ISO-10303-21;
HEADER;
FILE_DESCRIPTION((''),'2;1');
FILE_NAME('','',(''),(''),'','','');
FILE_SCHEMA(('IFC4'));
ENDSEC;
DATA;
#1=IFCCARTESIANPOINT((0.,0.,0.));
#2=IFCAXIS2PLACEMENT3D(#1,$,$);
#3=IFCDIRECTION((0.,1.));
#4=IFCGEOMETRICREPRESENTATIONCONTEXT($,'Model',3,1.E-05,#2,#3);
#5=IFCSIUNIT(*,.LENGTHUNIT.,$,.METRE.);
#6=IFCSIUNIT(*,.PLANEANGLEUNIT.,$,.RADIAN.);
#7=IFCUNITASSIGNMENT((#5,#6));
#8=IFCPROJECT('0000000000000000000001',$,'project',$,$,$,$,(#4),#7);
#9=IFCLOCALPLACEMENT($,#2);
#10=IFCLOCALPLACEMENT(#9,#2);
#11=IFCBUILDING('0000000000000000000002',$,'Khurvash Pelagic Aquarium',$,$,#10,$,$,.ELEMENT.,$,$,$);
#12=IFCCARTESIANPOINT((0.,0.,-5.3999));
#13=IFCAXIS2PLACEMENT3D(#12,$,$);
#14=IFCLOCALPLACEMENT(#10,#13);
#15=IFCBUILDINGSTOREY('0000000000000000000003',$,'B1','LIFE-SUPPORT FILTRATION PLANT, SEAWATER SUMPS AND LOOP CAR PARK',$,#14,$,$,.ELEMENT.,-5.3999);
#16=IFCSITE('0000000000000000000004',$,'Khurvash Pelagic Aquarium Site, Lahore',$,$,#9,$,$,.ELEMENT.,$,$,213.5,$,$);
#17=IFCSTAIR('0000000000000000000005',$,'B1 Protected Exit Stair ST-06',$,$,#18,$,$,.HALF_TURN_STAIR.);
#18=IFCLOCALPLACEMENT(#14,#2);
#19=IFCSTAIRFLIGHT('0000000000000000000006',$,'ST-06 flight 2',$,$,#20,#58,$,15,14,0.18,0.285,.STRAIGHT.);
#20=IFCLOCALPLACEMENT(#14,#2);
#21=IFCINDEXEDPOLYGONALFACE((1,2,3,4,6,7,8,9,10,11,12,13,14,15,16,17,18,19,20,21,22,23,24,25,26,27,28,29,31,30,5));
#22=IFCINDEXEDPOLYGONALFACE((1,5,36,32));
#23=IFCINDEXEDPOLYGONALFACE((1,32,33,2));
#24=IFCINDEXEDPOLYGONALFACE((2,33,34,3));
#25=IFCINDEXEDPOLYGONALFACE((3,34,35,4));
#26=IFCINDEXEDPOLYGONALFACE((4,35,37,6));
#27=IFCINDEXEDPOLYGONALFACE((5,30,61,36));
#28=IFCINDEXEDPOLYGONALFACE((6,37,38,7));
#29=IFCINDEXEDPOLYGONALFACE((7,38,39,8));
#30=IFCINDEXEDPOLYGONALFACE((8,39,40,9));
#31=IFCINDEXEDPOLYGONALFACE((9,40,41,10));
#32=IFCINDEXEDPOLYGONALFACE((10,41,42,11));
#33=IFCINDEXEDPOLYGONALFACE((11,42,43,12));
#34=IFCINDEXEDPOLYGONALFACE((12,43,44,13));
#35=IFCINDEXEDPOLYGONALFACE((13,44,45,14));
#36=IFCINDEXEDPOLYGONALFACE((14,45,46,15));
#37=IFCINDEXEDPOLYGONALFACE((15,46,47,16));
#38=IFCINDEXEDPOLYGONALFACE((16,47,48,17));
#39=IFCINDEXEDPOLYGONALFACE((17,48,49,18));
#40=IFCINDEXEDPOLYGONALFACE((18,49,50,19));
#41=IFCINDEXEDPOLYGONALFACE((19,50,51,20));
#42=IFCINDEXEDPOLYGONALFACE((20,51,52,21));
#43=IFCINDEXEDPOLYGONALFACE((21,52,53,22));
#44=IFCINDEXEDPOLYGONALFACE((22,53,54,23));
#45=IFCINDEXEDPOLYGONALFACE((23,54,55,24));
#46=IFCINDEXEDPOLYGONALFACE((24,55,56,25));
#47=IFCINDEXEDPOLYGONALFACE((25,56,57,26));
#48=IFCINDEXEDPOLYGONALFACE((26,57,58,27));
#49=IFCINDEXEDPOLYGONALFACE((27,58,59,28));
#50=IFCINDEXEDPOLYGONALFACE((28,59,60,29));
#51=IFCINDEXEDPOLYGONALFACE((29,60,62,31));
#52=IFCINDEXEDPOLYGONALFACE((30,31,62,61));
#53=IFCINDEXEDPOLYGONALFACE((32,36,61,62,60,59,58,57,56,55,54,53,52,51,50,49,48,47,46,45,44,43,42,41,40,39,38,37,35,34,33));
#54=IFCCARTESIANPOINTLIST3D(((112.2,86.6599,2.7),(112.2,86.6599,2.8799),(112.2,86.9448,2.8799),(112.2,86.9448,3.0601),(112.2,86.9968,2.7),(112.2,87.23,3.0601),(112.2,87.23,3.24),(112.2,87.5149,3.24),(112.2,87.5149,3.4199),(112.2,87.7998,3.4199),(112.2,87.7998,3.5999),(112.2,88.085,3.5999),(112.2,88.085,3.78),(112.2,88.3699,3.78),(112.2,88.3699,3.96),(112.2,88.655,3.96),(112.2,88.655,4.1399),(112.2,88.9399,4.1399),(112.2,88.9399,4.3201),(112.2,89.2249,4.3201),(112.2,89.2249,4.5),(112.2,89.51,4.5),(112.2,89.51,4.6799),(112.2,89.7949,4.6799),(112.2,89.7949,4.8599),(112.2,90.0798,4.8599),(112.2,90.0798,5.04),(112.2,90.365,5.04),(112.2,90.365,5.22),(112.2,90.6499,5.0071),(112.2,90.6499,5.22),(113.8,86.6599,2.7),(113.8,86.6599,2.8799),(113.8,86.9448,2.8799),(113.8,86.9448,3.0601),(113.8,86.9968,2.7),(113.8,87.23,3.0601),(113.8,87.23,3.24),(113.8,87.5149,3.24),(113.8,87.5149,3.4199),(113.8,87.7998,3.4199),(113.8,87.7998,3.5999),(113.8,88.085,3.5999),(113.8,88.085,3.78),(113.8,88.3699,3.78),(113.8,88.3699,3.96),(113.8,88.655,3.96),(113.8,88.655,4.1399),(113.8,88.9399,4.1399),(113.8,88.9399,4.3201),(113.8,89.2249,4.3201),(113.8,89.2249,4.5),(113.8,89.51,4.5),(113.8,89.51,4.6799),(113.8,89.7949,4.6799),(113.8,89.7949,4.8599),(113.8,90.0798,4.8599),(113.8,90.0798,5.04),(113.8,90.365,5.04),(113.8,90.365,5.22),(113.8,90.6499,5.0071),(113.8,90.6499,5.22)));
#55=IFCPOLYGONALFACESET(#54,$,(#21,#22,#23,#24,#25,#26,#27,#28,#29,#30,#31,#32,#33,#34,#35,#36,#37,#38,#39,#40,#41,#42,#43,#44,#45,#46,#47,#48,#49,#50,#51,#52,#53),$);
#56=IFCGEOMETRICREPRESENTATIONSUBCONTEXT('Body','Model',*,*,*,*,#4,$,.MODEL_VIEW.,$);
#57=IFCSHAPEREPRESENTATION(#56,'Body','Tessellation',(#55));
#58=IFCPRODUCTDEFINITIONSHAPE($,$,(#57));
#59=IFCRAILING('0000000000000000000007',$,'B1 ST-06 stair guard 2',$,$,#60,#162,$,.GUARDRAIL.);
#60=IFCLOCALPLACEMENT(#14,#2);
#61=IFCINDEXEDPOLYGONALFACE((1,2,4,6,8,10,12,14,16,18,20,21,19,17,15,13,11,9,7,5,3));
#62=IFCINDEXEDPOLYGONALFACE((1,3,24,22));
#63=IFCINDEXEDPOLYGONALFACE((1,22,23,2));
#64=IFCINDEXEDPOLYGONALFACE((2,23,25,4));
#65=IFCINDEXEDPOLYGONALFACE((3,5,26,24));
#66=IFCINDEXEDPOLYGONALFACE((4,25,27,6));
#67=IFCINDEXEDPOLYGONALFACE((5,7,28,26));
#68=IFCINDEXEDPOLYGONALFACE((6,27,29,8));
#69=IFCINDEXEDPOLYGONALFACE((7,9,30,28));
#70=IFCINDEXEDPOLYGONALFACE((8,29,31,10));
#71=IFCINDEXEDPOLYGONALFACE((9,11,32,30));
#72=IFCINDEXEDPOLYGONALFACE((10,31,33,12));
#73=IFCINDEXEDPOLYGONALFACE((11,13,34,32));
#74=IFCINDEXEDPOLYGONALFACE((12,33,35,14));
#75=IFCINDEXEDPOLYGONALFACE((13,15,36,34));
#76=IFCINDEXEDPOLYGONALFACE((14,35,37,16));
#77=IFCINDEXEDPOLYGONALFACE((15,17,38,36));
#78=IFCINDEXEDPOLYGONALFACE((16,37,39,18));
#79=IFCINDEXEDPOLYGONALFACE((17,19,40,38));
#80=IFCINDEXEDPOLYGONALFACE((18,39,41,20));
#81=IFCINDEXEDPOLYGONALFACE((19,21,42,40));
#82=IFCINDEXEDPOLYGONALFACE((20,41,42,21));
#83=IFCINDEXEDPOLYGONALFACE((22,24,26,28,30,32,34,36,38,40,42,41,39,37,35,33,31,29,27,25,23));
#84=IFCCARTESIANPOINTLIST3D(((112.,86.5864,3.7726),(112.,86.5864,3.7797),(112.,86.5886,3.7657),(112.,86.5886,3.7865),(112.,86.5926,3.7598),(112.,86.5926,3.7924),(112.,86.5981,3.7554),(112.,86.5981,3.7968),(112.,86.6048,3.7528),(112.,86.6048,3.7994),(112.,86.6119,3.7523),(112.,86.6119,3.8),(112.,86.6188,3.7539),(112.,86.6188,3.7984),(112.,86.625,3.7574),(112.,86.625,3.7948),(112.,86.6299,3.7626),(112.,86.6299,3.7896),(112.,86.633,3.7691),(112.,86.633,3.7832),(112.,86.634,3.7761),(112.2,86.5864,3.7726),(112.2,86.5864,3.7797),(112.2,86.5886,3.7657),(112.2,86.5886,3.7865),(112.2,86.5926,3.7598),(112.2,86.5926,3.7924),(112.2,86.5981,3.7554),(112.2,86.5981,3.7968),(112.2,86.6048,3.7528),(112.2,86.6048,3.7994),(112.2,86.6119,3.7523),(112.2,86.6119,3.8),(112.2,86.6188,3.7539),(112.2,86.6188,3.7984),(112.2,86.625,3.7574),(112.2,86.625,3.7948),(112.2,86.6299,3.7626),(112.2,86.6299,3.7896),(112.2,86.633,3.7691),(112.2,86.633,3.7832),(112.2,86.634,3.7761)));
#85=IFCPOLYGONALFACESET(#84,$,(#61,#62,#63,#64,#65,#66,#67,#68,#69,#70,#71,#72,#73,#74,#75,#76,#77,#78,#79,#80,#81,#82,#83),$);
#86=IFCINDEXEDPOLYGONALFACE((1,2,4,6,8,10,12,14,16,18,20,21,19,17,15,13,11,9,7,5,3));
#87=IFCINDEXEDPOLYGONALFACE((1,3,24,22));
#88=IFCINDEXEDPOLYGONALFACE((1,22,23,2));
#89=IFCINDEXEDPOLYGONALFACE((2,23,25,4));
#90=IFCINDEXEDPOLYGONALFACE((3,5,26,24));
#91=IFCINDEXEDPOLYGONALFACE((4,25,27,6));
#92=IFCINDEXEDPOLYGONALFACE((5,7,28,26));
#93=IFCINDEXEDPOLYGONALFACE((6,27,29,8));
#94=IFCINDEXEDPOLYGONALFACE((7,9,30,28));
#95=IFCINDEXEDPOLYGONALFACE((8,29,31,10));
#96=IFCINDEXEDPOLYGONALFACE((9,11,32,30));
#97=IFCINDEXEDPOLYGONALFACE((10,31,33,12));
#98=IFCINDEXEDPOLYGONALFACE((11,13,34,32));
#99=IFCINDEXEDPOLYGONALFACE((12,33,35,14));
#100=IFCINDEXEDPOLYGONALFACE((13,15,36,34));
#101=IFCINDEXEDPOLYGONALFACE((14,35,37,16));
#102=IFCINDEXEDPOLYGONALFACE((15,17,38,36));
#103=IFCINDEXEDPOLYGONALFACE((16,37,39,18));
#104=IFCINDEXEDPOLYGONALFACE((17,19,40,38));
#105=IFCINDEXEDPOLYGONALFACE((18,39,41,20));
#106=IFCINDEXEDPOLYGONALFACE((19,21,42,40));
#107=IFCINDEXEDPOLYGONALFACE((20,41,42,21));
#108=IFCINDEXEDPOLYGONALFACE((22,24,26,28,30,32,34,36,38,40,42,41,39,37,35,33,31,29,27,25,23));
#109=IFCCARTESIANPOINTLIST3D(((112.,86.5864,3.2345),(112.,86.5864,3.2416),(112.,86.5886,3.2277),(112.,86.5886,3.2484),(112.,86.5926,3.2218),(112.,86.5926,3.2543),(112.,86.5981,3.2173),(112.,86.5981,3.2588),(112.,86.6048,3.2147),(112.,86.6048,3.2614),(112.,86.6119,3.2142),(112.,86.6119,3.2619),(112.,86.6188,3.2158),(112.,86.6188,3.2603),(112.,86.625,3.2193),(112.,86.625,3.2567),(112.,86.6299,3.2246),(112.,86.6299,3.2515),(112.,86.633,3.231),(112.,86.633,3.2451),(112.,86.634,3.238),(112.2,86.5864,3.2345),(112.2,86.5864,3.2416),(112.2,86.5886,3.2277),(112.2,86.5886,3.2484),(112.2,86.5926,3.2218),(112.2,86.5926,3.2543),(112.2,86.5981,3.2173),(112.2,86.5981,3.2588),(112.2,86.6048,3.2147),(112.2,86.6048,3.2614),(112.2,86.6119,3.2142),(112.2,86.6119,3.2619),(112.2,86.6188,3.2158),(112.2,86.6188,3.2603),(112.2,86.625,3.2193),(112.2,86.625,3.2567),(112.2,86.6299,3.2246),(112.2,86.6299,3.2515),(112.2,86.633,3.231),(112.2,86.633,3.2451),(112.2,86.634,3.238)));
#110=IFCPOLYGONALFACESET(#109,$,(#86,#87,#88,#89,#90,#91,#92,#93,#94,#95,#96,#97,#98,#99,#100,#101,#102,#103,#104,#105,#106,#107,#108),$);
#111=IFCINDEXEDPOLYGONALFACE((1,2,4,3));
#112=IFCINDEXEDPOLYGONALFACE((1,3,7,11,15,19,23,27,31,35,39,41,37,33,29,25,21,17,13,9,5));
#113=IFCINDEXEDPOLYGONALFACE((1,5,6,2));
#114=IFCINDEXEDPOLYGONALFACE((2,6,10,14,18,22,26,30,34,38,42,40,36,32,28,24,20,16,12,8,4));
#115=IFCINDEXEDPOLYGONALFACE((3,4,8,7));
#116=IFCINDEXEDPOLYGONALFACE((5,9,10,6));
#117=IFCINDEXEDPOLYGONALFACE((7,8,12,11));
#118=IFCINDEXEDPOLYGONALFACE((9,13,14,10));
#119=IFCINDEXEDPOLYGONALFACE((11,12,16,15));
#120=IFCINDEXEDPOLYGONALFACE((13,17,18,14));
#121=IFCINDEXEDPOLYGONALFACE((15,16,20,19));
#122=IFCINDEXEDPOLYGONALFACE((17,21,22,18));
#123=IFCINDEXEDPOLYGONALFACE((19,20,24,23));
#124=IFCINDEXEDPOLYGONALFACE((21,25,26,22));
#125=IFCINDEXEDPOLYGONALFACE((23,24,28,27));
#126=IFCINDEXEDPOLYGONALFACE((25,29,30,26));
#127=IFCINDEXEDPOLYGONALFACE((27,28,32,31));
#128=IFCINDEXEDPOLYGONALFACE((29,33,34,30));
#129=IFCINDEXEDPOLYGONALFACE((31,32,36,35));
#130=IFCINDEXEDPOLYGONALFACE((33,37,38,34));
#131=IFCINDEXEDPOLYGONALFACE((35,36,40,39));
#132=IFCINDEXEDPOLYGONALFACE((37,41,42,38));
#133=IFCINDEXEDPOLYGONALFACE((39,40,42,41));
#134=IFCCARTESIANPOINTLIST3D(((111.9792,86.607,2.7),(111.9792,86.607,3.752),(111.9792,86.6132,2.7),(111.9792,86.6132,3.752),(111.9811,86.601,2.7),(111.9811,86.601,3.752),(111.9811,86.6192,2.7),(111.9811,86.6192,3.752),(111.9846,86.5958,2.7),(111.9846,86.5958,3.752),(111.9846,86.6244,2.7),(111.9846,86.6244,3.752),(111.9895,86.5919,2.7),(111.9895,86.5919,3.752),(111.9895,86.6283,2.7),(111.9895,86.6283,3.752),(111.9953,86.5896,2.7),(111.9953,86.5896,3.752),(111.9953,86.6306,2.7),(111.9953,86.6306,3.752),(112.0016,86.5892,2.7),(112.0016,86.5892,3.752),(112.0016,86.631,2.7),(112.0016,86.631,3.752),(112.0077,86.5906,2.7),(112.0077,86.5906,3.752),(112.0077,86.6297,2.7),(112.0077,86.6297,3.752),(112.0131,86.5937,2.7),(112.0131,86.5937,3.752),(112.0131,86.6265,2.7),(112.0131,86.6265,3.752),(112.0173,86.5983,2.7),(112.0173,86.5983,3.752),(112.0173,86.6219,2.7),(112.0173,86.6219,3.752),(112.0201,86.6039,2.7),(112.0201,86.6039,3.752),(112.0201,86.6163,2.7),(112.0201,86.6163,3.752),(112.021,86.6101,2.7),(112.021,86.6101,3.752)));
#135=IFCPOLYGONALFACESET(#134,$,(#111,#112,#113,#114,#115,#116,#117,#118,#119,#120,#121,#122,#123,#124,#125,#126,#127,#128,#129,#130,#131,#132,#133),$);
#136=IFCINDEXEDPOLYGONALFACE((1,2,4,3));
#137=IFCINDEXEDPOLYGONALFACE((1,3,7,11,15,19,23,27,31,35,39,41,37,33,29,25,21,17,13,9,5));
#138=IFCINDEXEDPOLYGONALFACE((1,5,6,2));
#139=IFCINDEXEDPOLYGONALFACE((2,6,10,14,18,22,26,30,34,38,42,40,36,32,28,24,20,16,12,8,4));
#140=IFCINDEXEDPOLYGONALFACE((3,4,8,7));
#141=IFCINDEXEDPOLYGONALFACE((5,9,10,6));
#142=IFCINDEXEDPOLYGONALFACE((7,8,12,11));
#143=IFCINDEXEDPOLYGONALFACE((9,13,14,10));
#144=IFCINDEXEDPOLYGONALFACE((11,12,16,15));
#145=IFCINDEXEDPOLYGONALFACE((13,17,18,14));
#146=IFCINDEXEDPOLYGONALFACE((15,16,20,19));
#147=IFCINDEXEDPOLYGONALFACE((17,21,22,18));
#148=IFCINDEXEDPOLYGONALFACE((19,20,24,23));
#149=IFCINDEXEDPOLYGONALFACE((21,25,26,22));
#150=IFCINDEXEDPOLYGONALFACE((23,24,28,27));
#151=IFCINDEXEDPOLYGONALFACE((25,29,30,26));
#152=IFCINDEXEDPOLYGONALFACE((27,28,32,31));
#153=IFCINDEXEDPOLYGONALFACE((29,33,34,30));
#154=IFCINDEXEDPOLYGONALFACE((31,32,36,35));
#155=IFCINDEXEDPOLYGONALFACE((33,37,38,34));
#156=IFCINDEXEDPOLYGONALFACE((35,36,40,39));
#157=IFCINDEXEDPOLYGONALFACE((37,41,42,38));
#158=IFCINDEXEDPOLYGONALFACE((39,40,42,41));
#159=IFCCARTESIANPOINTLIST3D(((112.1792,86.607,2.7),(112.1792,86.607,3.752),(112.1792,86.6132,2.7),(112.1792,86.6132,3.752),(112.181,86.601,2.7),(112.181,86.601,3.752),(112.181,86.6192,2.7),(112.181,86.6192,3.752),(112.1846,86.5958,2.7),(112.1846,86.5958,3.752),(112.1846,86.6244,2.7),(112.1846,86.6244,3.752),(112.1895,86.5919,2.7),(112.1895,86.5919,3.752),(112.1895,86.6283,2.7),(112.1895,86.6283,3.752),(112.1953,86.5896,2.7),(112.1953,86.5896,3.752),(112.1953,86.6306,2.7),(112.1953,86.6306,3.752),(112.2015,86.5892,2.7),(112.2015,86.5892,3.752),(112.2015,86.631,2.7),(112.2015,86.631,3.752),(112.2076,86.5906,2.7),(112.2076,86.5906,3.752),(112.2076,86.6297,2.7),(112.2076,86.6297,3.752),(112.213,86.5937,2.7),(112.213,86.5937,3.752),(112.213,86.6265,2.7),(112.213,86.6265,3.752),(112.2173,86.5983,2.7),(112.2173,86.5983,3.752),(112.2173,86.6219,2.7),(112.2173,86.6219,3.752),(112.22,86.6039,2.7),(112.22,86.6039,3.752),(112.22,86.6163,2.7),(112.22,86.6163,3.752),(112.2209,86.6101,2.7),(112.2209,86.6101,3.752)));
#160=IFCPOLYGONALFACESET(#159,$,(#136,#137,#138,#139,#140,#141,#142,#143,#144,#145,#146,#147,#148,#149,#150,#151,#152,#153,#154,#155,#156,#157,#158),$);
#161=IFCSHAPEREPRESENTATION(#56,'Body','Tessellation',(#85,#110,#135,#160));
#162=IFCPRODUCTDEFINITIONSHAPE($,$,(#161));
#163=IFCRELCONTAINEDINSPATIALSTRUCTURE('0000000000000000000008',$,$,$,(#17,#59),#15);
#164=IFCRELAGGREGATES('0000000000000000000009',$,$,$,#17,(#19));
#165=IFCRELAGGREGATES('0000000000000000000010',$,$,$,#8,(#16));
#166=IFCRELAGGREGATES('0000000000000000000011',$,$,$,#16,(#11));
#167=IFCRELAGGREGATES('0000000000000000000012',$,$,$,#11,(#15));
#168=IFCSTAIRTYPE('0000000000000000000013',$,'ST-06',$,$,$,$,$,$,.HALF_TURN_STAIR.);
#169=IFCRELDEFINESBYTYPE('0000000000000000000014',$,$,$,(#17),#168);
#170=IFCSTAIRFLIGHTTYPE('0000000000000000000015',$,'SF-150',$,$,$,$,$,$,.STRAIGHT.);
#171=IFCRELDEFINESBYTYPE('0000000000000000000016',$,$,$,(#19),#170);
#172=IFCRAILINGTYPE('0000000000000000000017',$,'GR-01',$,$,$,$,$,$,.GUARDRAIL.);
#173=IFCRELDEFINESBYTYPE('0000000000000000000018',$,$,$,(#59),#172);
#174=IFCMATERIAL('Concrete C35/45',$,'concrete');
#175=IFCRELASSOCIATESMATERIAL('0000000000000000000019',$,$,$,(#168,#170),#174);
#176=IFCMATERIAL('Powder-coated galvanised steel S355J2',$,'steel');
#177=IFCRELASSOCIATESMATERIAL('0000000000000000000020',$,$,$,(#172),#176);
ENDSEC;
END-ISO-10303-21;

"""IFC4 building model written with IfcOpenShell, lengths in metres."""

from ifc_helpers import new_model, si_unit, direction, frame, origin, origin_2d, place, context, subcontext, project, spatial, polyline, circle, outline, extrude, material, type_object, element, aggregate, save


model = new_model("IFC4")

# Units and contexts
model_context = context("Model", 3, precision=1e-05, world=origin(), true_north=direction((0.0, 1.0)))
body_context = subcontext(model_context, "Body", "Model", "MODEL_VIEW")
ifc_project = project(units=[si_unit("LENGTHUNIT", "METRE"), si_unit("PLANEANGLEUNIT", "RADIAN")], contexts=[model_context])

# Site, building, storey
site_placement = place(None, origin())
site = spatial("IfcSite", under=ifc_project, at=site_placement, Name="Khurvash Pelagic Aquarium Site, Lahore", CompositionType="ELEMENT", RefElevation=213.5)
building_placement = place(site_placement, origin())
building = spatial("IfcBuilding", under=site, at=building_placement, Name="Khurvash Pelagic Aquarium", CompositionType="ELEMENT")
storey_placement = place(building_placement, frame((0.0, 0.0, -5.3999)))
storey = spatial("IfcBuildingStorey", under=building, at=storey_placement, Name="B1", Description="LIFE-SUPPORT FILTRATION PLANT, SEAWATER SUMPS AND LOOP CAR PARK", CompositionType="ELEMENT", Elevation=-5.3999)

# Shared definitions
ifc_material_1 = material(Name="Concrete C35/45", Category="concrete")

# Stair, stair flight
stair_type = type_object("IfcStairType", Name="ST-06", PredefinedType="HALF_TURN_STAIR", material=ifc_material_1)
stair_placement = place(storey_placement, origin())
stair = element("IfcStair", 1, at=stair_placement, inside=storey, type_object=stair_type, Name="B1 Protected Exit Stair ST-06", PredefinedType="HALF_TURN_STAIR")
stair_flight_type = type_object("IfcStairFlightType", Name="SF-150", PredefinedType="STRAIGHT", material=ifc_material_1)
stair_flight_placement = place(storey_placement, frame((113.0, 86.6599, 2.7), z_axis=(0.0, 0.0, 1.0), x_axis=(0.0, 1.0, 0.0)))
stair_flight = element("IfcStairFlight", 2, at=stair_flight_placement, type_object=stair_flight_type, Name="ST-06 flight 2", NumberOfRisers=15, NumberOfTreads=14, PredefinedType="STRAIGHT", RiserHeight=0.18, TreadLength=0.285, context=body_context, shape_type="SweptSolid", body=[
    extrude(outline(polyline([(0.0, 0.0), (0.0, 0.1799), (0.2849, 0.1799), (0.2849, 0.3601), (0.5701, 0.3601), (0.5701, 0.54), (0.855, 0.54), (0.855, 0.72), (1.1399, 0.72), (1.1399, 0.8999), (1.425, 0.8999), (1.425, 1.0801), (1.71, 1.0801), (1.71, 1.26), (1.9951, 1.26), (1.9951, 1.4399), (2.28, 1.4399), (2.28, 1.6201), (2.5649, 1.6201), (2.5649, 1.8), (2.8501, 1.8), (2.8501, 1.98), (3.135, 1.98), (3.135, 2.1599), (3.4199, 2.1599), (3.4199, 2.3401), (3.7051, 2.3401), (3.7051, 2.52), (3.99, 2.52), (3.99, 2.7), (3.99, 2.3071), (0.3369, 0.0), (0.0, 0.0)])), frame((0.0, 0.8, 0.0), z_axis=(0.0, -1.0, 0.0), x_axis=(1.0, 0.0, 0.0)), (0.0, 0.0, 1.0), 1.6001),
])
aggregate(stair, [stair_flight])

# Railing
ifc_material_2 = material(Name="Powder-coated galvanised steel S355J2", Category="steel")
railing_type_1 = type_object("IfcRailingType", Name="GR-01", PredefinedType="GUARDRAIL", material=ifc_material_2)
railing_1_placement = place(storey_placement, frame((112.0, 86.6101, 2.7)))
element("IfcRailing", 3, at=railing_1_placement, inside=storey, type_object=railing_type_1, Name="B1 ST-06 stair guard 2", PredefinedType="GUARDRAIL", context=body_context, shape_type="SweptSolid", body=[
    extrude(circle(Radius=0.0239, at=origin_2d()), frame((0.0, 0.0, 1.0762), z_axis=(1.0, 0.0, 0.0), x_axis=(0.0, 1.0, 0.0)), (0.0, 0.0, 1.0), 0.2),
    extrude(circle(Radius=0.0239, at=origin_2d()), frame((0.0, 0.0, 0.5381), z_axis=(1.0, 0.0, 0.0), x_axis=(0.0, 1.0, 0.0)), (0.0, 0.0, 1.0), 0.2),
    extrude(circle(Radius=0.021, at=origin_2d()), origin(), (0.0, 0.0, 1.0), 1.052),
    extrude(circle(Radius=0.021, at=origin_2d()), frame((0.2, 0.0, 0.0)), (0.0, 0.0, 1.0), 1.052),
])

save(model, "model.ifc")
